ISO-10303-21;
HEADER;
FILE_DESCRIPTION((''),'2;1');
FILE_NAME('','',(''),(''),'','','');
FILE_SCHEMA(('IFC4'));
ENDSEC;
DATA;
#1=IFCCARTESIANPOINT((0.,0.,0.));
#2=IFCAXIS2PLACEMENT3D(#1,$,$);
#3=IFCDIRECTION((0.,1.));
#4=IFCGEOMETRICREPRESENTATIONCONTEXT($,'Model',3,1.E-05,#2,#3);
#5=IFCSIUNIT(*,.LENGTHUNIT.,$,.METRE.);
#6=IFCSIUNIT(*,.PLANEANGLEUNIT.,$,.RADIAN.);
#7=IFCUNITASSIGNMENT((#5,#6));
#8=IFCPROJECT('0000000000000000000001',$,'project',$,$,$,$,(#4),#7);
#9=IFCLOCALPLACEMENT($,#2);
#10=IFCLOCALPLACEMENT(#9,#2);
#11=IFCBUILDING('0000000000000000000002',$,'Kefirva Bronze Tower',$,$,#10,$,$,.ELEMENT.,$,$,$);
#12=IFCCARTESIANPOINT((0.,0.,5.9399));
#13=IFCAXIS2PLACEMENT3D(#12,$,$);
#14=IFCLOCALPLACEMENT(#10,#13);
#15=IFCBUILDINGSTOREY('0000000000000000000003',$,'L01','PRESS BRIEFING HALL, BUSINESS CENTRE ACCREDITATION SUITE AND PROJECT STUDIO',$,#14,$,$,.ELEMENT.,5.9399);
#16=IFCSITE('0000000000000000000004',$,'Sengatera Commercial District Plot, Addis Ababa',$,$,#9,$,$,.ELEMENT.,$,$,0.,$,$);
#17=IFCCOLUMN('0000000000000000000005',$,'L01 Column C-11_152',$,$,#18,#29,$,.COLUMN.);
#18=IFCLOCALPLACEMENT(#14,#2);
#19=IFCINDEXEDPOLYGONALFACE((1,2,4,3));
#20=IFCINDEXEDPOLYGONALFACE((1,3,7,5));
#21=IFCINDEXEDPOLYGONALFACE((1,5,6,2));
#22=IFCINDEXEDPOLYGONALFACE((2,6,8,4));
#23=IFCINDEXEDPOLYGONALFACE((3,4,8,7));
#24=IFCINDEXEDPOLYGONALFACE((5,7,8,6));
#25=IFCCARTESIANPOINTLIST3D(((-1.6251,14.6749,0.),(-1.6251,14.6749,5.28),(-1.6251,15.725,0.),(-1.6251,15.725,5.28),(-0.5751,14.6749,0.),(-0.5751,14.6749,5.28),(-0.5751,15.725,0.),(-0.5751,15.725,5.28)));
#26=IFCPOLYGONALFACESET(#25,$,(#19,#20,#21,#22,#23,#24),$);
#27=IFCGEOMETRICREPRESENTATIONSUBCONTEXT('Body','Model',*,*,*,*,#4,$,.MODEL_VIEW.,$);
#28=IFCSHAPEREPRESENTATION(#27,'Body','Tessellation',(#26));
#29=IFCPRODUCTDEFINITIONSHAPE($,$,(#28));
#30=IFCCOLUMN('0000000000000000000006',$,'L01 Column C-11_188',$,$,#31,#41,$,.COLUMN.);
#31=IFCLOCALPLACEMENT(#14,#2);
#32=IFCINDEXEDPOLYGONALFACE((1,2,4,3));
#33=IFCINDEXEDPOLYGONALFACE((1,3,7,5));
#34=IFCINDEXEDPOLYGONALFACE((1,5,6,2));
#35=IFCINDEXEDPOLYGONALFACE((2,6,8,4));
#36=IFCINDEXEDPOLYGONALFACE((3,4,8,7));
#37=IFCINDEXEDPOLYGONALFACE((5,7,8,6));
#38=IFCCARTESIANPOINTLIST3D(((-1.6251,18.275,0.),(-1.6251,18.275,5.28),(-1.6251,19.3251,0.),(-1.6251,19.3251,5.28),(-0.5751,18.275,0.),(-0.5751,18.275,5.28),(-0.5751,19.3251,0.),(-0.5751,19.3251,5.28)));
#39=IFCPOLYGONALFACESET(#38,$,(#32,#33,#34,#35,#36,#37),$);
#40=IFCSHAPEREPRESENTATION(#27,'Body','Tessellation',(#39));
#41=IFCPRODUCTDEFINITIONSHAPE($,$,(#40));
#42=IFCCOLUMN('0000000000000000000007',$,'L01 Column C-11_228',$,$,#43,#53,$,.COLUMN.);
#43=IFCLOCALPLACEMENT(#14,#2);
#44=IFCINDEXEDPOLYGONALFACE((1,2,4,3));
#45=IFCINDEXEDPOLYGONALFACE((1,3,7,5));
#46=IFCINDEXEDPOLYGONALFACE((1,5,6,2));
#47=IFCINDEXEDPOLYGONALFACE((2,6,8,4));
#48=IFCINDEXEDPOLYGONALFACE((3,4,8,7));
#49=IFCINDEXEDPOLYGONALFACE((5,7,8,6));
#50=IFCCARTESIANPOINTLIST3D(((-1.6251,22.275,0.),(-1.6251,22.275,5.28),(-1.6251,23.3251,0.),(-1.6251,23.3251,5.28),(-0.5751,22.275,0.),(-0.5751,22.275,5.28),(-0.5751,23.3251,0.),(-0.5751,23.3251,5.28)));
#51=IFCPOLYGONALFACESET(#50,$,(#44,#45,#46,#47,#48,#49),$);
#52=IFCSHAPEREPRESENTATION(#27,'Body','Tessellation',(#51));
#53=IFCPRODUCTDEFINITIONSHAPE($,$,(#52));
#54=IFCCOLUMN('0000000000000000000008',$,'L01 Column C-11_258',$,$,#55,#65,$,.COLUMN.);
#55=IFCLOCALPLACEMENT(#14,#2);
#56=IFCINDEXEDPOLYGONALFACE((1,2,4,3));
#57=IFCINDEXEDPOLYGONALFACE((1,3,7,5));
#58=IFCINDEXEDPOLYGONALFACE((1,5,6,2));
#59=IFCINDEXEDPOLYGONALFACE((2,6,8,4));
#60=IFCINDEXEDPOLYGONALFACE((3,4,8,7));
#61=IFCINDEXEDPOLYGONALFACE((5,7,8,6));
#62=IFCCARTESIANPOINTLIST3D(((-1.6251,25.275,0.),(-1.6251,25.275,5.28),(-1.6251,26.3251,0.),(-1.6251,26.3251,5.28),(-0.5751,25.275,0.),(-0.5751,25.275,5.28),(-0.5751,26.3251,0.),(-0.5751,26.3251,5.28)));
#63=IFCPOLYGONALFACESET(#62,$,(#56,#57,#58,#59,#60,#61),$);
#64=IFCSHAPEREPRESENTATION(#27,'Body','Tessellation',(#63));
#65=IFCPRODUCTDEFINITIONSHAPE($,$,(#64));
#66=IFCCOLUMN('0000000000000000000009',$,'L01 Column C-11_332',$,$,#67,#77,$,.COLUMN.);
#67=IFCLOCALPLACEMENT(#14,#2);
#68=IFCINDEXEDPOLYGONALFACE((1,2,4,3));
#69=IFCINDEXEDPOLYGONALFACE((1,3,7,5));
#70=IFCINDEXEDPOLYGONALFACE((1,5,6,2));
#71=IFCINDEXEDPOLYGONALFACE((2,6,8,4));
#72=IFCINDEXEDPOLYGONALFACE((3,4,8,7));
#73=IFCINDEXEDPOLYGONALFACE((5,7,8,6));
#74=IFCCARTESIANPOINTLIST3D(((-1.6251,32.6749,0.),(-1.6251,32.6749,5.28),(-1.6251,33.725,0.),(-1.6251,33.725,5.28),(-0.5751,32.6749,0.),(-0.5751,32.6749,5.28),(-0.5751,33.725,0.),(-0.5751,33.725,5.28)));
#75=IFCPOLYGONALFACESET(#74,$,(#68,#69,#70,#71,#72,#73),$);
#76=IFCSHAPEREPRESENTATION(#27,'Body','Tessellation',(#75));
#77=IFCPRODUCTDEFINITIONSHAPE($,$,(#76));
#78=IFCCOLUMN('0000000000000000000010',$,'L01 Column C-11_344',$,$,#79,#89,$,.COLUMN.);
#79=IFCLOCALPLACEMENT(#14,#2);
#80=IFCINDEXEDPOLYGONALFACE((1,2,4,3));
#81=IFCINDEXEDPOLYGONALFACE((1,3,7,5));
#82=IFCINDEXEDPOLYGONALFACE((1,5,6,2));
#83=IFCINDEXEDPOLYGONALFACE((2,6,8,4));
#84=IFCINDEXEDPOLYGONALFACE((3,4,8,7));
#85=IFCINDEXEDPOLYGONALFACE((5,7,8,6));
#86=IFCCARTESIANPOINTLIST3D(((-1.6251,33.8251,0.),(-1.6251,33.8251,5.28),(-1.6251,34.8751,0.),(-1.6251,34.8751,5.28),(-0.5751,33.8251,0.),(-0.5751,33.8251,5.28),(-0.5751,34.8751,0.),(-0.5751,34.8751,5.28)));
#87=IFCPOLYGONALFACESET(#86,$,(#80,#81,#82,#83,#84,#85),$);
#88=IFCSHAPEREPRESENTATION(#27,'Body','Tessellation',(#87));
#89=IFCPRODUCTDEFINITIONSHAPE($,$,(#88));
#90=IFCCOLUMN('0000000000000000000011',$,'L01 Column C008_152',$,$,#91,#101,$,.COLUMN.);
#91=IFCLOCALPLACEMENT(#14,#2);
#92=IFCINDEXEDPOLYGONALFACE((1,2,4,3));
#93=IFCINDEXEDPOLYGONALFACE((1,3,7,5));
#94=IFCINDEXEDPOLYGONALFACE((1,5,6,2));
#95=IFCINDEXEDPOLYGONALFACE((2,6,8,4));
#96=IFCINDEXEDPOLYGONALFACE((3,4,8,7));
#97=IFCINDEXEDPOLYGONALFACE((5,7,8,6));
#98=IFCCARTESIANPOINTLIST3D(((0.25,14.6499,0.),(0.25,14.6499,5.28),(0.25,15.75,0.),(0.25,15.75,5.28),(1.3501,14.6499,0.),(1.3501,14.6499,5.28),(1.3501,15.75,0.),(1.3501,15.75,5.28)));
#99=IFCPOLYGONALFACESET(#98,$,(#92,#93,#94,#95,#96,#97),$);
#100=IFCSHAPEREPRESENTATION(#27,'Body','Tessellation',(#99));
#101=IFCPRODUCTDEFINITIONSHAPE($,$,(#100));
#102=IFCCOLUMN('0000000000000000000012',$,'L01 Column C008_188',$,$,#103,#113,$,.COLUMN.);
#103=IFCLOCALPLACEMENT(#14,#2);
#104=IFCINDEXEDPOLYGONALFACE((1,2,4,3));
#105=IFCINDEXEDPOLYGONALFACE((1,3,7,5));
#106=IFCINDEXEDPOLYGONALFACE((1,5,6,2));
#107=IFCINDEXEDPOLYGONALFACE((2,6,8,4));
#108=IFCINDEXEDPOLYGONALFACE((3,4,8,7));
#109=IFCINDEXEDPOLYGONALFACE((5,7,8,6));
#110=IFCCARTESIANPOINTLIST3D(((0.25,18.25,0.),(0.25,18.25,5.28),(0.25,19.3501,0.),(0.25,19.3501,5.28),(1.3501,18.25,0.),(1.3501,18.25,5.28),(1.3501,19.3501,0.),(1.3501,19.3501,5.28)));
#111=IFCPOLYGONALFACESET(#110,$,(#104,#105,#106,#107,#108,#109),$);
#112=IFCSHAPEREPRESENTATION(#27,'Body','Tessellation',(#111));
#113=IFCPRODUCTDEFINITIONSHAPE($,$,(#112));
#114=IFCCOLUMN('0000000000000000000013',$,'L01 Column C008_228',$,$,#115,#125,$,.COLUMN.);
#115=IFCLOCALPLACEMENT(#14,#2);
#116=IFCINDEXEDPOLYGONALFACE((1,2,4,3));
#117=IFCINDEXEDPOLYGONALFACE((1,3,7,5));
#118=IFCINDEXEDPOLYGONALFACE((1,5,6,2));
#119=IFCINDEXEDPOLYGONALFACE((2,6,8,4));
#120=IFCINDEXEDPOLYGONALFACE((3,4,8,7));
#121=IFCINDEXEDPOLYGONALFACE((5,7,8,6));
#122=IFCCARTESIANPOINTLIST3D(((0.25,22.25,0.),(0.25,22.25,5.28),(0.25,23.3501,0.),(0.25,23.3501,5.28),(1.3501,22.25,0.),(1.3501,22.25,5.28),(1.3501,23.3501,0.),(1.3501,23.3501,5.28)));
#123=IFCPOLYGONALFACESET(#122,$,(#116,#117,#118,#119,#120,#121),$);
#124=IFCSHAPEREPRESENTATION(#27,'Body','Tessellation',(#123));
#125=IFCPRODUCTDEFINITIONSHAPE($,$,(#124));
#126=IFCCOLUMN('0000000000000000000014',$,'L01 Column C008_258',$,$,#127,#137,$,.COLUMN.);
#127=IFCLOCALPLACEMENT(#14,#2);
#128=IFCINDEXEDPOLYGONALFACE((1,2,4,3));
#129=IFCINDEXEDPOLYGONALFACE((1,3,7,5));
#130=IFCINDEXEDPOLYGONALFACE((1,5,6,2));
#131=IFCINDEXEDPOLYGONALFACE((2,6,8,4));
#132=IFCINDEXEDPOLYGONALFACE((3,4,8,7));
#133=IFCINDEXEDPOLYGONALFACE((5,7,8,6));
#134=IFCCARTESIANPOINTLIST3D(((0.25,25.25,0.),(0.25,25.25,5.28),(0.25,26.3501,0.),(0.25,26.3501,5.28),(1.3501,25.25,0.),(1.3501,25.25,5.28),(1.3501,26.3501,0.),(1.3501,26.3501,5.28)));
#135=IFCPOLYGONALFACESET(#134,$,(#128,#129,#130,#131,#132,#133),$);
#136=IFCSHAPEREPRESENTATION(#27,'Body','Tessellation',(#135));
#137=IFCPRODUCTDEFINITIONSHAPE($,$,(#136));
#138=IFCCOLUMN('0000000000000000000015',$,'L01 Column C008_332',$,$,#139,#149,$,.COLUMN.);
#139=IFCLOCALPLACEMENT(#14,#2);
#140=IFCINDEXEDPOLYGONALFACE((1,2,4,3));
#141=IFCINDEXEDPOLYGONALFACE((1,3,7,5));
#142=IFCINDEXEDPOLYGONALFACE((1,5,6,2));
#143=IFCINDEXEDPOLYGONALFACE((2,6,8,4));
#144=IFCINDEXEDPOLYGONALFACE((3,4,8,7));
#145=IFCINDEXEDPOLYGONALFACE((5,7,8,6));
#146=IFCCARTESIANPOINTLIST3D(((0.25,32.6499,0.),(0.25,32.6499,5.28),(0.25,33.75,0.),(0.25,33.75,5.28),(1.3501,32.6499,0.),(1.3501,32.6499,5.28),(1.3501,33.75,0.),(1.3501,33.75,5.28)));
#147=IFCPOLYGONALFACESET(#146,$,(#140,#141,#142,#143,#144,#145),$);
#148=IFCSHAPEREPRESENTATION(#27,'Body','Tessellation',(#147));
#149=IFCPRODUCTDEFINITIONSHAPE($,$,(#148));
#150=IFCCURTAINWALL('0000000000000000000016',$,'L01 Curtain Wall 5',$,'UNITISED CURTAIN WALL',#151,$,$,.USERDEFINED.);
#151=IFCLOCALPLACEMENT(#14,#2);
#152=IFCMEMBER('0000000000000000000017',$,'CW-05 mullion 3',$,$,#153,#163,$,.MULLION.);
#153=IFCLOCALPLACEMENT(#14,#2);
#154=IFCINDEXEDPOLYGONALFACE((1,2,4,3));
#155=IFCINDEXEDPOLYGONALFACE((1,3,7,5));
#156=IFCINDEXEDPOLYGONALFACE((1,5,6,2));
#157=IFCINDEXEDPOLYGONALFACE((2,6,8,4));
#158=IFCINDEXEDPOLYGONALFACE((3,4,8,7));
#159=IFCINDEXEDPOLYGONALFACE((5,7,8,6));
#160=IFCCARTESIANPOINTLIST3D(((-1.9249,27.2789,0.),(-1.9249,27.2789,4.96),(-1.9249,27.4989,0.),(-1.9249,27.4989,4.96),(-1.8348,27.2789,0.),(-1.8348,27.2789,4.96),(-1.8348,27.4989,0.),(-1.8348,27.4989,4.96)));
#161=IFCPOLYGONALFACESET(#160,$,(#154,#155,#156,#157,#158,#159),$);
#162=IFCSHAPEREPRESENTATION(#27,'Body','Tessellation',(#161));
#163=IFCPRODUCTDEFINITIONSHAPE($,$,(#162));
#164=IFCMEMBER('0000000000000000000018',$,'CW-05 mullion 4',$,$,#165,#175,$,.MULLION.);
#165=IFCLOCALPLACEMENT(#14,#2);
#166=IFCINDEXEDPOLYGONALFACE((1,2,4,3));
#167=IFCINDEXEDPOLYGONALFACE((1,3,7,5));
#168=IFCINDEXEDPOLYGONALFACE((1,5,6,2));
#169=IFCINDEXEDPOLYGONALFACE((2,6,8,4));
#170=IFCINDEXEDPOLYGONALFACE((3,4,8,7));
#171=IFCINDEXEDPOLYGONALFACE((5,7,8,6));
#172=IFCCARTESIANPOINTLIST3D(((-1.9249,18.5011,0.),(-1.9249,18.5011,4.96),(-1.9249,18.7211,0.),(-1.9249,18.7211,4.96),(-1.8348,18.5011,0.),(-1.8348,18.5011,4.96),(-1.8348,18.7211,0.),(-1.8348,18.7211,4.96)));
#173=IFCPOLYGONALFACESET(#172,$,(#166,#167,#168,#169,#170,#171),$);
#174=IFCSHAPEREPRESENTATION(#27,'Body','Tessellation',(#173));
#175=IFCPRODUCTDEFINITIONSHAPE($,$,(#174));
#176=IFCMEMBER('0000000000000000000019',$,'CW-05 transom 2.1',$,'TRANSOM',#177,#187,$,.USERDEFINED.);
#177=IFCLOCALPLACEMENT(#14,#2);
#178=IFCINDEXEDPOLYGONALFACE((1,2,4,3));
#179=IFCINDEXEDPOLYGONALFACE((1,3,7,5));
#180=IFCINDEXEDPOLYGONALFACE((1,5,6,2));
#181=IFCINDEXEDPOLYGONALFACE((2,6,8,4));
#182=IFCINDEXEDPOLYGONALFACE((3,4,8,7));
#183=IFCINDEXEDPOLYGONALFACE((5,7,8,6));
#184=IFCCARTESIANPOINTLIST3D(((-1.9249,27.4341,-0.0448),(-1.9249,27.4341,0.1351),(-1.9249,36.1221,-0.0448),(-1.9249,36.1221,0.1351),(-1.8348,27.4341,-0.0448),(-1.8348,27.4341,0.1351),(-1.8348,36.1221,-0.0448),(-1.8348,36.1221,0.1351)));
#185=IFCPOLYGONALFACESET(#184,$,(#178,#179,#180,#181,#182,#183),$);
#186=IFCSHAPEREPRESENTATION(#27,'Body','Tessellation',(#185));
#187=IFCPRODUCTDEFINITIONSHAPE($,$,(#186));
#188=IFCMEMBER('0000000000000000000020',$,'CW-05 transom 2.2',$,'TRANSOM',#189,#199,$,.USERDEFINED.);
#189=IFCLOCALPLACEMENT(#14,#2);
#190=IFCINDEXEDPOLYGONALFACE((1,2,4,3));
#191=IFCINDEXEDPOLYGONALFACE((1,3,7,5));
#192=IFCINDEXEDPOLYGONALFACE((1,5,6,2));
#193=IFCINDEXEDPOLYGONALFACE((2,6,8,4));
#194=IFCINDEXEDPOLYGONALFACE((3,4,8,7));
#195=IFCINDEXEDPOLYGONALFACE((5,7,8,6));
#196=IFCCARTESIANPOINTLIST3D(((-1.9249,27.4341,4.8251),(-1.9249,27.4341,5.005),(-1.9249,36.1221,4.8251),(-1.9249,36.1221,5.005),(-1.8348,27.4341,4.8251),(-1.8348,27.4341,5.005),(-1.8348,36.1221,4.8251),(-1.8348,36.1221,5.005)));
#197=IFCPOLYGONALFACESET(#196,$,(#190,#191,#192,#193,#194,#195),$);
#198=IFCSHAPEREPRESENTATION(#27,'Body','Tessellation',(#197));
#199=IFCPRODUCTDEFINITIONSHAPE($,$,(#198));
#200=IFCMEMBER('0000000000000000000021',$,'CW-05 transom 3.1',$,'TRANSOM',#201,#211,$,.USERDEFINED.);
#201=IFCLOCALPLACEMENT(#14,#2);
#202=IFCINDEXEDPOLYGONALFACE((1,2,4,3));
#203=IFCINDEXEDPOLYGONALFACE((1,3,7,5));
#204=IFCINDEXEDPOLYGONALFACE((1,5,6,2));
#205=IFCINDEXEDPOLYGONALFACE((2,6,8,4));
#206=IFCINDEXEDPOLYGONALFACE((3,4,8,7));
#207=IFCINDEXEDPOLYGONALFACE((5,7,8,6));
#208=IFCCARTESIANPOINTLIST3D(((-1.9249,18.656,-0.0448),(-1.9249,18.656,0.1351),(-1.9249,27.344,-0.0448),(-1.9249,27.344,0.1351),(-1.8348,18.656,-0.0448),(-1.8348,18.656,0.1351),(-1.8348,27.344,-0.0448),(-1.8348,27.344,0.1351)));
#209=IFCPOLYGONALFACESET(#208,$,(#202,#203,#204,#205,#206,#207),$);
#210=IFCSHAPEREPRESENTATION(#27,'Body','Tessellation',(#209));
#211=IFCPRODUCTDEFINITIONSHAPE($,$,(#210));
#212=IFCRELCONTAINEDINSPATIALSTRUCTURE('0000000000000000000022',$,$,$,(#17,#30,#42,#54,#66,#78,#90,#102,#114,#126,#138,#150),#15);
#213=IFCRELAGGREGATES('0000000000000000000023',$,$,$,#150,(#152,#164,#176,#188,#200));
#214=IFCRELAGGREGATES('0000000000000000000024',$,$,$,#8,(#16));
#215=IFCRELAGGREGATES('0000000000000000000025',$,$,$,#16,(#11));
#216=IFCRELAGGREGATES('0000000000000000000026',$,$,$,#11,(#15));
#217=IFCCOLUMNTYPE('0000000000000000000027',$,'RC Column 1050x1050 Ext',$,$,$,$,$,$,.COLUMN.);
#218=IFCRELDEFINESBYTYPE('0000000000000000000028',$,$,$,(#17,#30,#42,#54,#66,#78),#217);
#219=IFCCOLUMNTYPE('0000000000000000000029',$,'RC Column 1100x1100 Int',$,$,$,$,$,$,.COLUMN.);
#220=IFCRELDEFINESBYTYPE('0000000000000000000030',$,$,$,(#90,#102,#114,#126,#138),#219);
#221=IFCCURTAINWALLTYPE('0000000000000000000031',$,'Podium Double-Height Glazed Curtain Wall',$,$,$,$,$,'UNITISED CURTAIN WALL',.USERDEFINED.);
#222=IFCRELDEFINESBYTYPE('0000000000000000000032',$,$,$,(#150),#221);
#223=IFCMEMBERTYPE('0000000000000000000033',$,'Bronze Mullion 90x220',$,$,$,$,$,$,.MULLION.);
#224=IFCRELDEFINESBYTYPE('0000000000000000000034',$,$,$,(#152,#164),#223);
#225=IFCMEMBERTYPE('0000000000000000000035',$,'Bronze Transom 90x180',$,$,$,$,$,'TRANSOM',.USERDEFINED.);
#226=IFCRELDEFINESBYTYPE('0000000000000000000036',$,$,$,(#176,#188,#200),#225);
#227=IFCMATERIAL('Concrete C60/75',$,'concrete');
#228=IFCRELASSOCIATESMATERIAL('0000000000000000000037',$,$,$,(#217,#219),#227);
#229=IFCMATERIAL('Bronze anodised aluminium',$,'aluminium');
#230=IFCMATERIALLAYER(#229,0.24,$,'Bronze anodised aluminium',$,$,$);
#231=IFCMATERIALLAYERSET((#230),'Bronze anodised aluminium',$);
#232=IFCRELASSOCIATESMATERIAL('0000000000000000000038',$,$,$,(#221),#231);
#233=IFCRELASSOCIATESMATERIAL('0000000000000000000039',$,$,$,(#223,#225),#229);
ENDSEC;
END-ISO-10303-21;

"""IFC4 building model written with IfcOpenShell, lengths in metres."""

from ifc_helpers import new_model, si_unit, direction, frame, origin, origin_2d, place, context, subcontext, project, spatial, rectangle, extrude, material, layer, layer_set, material_profile, profile_set, type_object, element, aggregate, save


model = new_model("IFC4")

# Units and contexts
model_context = context("Model", 3, precision=1e-05, world=origin(), true_north=direction((0.0, 1.0)))
body_context = subcontext(model_context, "Body", "Model", "MODEL_VIEW")
ifc_project = project(units=[si_unit("LENGTHUNIT", "METRE"), si_unit("PLANEANGLEUNIT", "RADIAN")], contexts=[model_context])

# Site, building, storey
site_placement = place(None, origin())
site = spatial("IfcSite", under=ifc_project, at=site_placement, Name="Sengatera Commercial District Plot, Addis Ababa", CompositionType="ELEMENT", RefElevation=0.0)
building_placement = place(site_placement, origin())
building = spatial("IfcBuilding", under=site, at=building_placement, Name="Kefirva Bronze Tower", CompositionType="ELEMENT")
storey_placement = place(building_placement, frame((0.0, 0.0, 5.9399)))
storey = spatial("IfcBuildingStorey", under=building, at=storey_placement, Name="L01", Description="PRESS BRIEFING HALL, BUSINESS CENTRE ACCREDITATION SUITE AND PROJECT STUDIO", CompositionType="ELEMENT", Elevation=5.9399)

# Columns
ifc_material_1 = material(Name="Concrete C60/75", Category="concrete")
ifc_material_profile_1 = material_profile(ifc_material_1, rectangle(XDim=1.05, YDim=1.05, at=origin_2d()), Name="RC 1050x1050")
ifc_profile_set_1 = profile_set([ifc_material_profile_1], Name="Concrete C60/75")
column_type_1 = type_object("IfcColumnType", Name="RC Column 1050x1050 Ext", PredefinedType="COLUMN", material=ifc_profile_set_1)
for number, where, z_axis, x_axis, name in (
    (1, (-1.1001, 15.2, 0.0), (0.0, 0.0, 1.0), (1.0, 0.0, 0.0), "L01 Column C-11_152"),
    (2, (-1.1001, 18.8, 0.0), (0.0, 0.0, 1.0), (1.0, 0.0, 0.0), "L01 Column C-11_188"),
    (3, (-1.1001, 22.8, 0.0), (0.0, 0.0, 1.0), (1.0, 0.0, 0.0), "L01 Column C-11_228"),
    (4, (-1.1001, 25.8, 0.0), (0.0, 0.0, 1.0), (1.0, 0.0, 0.0), "L01 Column C-11_258"),
    (5, (-1.1001, 33.2, 0.0), (0.0, 0.0, 1.0), (1.0, 0.0, 0.0), "L01 Column C-11_332"),
    (6, (-1.1001, 34.3501, 0.0), (0.0, 0.0, 1.0), (1.0, 0.0, 0.0), "L01 Column C-11_344"),
):
    element("IfcColumn", number, at=place(storey_placement, frame(where, z_axis=z_axis, x_axis=x_axis)), inside=storey, type_object=column_type_1, Name=name, PredefinedType="COLUMN", context=body_context, shape_type="SweptSolid", body=[
        extrude(rectangle(XDim=1.05, YDim=1.05, at=origin_2d()), origin(), (0.0, 0.0, 1.0), 5.28),
    ])
ifc_material_profile_2 = material_profile(ifc_material_1, rectangle(XDim=1.1001, YDim=1.1001, at=origin_2d()), Name="RC 1100x1100")
ifc_profile_set_2 = profile_set([ifc_material_profile_2], Name="Concrete C60/75")
column_type_2 = type_object("IfcColumnType", Name="RC Column 1100x1100 Int", PredefinedType="COLUMN", material=ifc_profile_set_2)
for number, where, z_axis, x_axis, name in (
    (7, (0.8, 15.2, 0.0), (0.0, 0.0, 1.0), (1.0, 0.0, 0.0), "L01 Column C008_152"),
    (8, (0.8, 18.8, 0.0), (0.0, 0.0, 1.0), (1.0, 0.0, 0.0), "L01 Column C008_188"),
    (9, (0.8, 22.8, 0.0), (0.0, 0.0, 1.0), (1.0, 0.0, 0.0), "L01 Column C008_228"),
    (10, (0.8, 25.8, 0.0), (0.0, 0.0, 1.0), (1.0, 0.0, 0.0), "L01 Column C008_258"),
    (11, (0.8, 33.2, 0.0), (0.0, 0.0, 1.0), (1.0, 0.0, 0.0), "L01 Column C008_332"),
):
    element("IfcColumn", number, at=place(storey_placement, frame(where, z_axis=z_axis, x_axis=x_axis)), inside=storey, type_object=column_type_2, Name=name, PredefinedType="COLUMN", context=body_context, shape_type="SweptSolid", body=[
        extrude(rectangle(XDim=1.1001, YDim=1.1001, at=origin_2d()), origin(), (0.0, 0.0, 1.0), 5.28),
    ])

# Curtain wall, members
ifc_material_2 = material(Name="Bronze anodised aluminium", Category="aluminium")
ifc_layer_1 = layer(ifc_material_2, 0.24, Name="Bronze anodised aluminium")
ifc_layer_set_1 = layer_set([ifc_layer_1], Name="Bronze anodised aluminium")
curtain_wall_type = type_object("IfcCurtainWallType", Name="Podium Double-Height Glazed Curtain Wall", ElementType="UNITISED CURTAIN WALL", PredefinedType="USERDEFINED", material=ifc_layer_set_1)
curtain_wall_placement = place(storey_placement, origin())
curtain_wall = element("IfcCurtainWall", 12, at=curtain_wall_placement, inside=storey, type_object=curtain_wall_type, Name="L01 Curtain Wall 5", ObjectType="UNITISED CURTAIN WALL", PredefinedType="USERDEFINED")
ifc_material_profile_3 = material_profile(ifc_material_2, rectangle(XDim=0.0901, YDim=0.22, at=origin_2d()), Name="ALU 90x220")
ifc_profile_set_3 = profile_set([ifc_material_profile_3], Name="Bronze anodised aluminium")
member_type_1 = type_object("IfcMemberType", Name="Bronze Mullion 90x220", PredefinedType="MULLION", material=ifc_profile_set_3)
member_1_placement = place(storey_placement, frame((-1.8799, 27.3889, 0.0), z_axis=(0.0, 0.0, 1.0), x_axis=(1.0, 0.0, 0.0)))
member_1 = element("IfcMember", 13, at=member_1_placement, type_object=member_type_1, Name="CW-05 mullion 3", PredefinedType="MULLION", context=body_context, shape_type="SweptSolid", body=[
    extrude(rectangle(XDim=0.0901, YDim=0.22, at=origin_2d()), origin(), (0.0, 0.0, 1.0), 4.96),
])
member_2_placement = place(storey_placement, frame((-1.8799, 18.6111, 0.0), z_axis=(0.0, 0.0, 1.0), x_axis=(1.0, 0.0, 0.0)))
member_2 = element("IfcMember", 14, at=member_2_placement, type_object=member_type_1, Name="CW-05 mullion 4", PredefinedType="MULLION", context=body_context, shape_type="SweptSolid", body=[
    extrude(rectangle(XDim=0.0901, YDim=0.22, at=origin_2d()), origin(), (0.0, 0.0, 1.0), 4.96),
])
ifc_material_profile_4 = material_profile(ifc_material_2, rectangle(XDim=0.0901, YDim=0.1799, at=origin_2d()), Name="ALU 90x180")
ifc_profile_set_4 = profile_set([ifc_material_profile_4], Name="Bronze anodised aluminium")
member_type_2 = type_object("IfcMemberType", Name="Bronze Transom 90x180", ElementType="TRANSOM", PredefinedType="USERDEFINED", material=ifc_profile_set_4)
member_3_placement = place(storey_placement, frame((-1.8799, 36.1221, 0.0452), z_axis=(0.0, -1.0, 0.0), x_axis=(1.0, 0.0, 0.0)))
member_3 = element("IfcMember", 15, at=member_3_placement, type_object=member_type_2, Name="CW-05 transom 2.1", ObjectType="TRANSOM", PredefinedType="USERDEFINED", context=body_context, shape_type="SweptSolid", body=[
    extrude(rectangle(XDim=0.0901, YDim=0.1799, at=origin_2d()), origin(), (0.0, 0.0, 1.0), 8.688),
])
member_4_placement = place(storey_placement, frame((-1.8799, 36.1221, 4.915), z_axis=(0.0, -1.0, 0.0), x_axis=(1.0, 0.0, 0.0)))
member_4 = element("IfcMember", 16, at=member_4_placement, type_object=member_type_2, Name="CW-05 transom 2.2", ObjectType="TRANSOM", PredefinedType="USERDEFINED", context=body_context, shape_type="SweptSolid", body=[
    extrude(rectangle(XDim=0.0901, YDim=0.1799, at=origin_2d()), origin(), (0.0, 0.0, 1.0), 8.688),
])
member_5_placement = place(storey_placement, frame((-1.8799, 27.344, 0.0452), z_axis=(0.0, -1.0, 0.0), x_axis=(1.0, 0.0, 0.0)))
member_5 = element("IfcMember", 17, at=member_5_placement, type_object=member_type_2, Name="CW-05 transom 3.1", ObjectType="TRANSOM", PredefinedType="USERDEFINED", context=body_context, shape_type="SweptSolid", body=[
    extrude(rectangle(XDim=0.0901, YDim=0.1799, at=origin_2d()), origin(), (0.0, 0.0, 1.0), 8.688),
])

aggregate(curtain_wall, [member_1, member_2, member_3, member_4, member_5])

save(model, "model.ifc")
